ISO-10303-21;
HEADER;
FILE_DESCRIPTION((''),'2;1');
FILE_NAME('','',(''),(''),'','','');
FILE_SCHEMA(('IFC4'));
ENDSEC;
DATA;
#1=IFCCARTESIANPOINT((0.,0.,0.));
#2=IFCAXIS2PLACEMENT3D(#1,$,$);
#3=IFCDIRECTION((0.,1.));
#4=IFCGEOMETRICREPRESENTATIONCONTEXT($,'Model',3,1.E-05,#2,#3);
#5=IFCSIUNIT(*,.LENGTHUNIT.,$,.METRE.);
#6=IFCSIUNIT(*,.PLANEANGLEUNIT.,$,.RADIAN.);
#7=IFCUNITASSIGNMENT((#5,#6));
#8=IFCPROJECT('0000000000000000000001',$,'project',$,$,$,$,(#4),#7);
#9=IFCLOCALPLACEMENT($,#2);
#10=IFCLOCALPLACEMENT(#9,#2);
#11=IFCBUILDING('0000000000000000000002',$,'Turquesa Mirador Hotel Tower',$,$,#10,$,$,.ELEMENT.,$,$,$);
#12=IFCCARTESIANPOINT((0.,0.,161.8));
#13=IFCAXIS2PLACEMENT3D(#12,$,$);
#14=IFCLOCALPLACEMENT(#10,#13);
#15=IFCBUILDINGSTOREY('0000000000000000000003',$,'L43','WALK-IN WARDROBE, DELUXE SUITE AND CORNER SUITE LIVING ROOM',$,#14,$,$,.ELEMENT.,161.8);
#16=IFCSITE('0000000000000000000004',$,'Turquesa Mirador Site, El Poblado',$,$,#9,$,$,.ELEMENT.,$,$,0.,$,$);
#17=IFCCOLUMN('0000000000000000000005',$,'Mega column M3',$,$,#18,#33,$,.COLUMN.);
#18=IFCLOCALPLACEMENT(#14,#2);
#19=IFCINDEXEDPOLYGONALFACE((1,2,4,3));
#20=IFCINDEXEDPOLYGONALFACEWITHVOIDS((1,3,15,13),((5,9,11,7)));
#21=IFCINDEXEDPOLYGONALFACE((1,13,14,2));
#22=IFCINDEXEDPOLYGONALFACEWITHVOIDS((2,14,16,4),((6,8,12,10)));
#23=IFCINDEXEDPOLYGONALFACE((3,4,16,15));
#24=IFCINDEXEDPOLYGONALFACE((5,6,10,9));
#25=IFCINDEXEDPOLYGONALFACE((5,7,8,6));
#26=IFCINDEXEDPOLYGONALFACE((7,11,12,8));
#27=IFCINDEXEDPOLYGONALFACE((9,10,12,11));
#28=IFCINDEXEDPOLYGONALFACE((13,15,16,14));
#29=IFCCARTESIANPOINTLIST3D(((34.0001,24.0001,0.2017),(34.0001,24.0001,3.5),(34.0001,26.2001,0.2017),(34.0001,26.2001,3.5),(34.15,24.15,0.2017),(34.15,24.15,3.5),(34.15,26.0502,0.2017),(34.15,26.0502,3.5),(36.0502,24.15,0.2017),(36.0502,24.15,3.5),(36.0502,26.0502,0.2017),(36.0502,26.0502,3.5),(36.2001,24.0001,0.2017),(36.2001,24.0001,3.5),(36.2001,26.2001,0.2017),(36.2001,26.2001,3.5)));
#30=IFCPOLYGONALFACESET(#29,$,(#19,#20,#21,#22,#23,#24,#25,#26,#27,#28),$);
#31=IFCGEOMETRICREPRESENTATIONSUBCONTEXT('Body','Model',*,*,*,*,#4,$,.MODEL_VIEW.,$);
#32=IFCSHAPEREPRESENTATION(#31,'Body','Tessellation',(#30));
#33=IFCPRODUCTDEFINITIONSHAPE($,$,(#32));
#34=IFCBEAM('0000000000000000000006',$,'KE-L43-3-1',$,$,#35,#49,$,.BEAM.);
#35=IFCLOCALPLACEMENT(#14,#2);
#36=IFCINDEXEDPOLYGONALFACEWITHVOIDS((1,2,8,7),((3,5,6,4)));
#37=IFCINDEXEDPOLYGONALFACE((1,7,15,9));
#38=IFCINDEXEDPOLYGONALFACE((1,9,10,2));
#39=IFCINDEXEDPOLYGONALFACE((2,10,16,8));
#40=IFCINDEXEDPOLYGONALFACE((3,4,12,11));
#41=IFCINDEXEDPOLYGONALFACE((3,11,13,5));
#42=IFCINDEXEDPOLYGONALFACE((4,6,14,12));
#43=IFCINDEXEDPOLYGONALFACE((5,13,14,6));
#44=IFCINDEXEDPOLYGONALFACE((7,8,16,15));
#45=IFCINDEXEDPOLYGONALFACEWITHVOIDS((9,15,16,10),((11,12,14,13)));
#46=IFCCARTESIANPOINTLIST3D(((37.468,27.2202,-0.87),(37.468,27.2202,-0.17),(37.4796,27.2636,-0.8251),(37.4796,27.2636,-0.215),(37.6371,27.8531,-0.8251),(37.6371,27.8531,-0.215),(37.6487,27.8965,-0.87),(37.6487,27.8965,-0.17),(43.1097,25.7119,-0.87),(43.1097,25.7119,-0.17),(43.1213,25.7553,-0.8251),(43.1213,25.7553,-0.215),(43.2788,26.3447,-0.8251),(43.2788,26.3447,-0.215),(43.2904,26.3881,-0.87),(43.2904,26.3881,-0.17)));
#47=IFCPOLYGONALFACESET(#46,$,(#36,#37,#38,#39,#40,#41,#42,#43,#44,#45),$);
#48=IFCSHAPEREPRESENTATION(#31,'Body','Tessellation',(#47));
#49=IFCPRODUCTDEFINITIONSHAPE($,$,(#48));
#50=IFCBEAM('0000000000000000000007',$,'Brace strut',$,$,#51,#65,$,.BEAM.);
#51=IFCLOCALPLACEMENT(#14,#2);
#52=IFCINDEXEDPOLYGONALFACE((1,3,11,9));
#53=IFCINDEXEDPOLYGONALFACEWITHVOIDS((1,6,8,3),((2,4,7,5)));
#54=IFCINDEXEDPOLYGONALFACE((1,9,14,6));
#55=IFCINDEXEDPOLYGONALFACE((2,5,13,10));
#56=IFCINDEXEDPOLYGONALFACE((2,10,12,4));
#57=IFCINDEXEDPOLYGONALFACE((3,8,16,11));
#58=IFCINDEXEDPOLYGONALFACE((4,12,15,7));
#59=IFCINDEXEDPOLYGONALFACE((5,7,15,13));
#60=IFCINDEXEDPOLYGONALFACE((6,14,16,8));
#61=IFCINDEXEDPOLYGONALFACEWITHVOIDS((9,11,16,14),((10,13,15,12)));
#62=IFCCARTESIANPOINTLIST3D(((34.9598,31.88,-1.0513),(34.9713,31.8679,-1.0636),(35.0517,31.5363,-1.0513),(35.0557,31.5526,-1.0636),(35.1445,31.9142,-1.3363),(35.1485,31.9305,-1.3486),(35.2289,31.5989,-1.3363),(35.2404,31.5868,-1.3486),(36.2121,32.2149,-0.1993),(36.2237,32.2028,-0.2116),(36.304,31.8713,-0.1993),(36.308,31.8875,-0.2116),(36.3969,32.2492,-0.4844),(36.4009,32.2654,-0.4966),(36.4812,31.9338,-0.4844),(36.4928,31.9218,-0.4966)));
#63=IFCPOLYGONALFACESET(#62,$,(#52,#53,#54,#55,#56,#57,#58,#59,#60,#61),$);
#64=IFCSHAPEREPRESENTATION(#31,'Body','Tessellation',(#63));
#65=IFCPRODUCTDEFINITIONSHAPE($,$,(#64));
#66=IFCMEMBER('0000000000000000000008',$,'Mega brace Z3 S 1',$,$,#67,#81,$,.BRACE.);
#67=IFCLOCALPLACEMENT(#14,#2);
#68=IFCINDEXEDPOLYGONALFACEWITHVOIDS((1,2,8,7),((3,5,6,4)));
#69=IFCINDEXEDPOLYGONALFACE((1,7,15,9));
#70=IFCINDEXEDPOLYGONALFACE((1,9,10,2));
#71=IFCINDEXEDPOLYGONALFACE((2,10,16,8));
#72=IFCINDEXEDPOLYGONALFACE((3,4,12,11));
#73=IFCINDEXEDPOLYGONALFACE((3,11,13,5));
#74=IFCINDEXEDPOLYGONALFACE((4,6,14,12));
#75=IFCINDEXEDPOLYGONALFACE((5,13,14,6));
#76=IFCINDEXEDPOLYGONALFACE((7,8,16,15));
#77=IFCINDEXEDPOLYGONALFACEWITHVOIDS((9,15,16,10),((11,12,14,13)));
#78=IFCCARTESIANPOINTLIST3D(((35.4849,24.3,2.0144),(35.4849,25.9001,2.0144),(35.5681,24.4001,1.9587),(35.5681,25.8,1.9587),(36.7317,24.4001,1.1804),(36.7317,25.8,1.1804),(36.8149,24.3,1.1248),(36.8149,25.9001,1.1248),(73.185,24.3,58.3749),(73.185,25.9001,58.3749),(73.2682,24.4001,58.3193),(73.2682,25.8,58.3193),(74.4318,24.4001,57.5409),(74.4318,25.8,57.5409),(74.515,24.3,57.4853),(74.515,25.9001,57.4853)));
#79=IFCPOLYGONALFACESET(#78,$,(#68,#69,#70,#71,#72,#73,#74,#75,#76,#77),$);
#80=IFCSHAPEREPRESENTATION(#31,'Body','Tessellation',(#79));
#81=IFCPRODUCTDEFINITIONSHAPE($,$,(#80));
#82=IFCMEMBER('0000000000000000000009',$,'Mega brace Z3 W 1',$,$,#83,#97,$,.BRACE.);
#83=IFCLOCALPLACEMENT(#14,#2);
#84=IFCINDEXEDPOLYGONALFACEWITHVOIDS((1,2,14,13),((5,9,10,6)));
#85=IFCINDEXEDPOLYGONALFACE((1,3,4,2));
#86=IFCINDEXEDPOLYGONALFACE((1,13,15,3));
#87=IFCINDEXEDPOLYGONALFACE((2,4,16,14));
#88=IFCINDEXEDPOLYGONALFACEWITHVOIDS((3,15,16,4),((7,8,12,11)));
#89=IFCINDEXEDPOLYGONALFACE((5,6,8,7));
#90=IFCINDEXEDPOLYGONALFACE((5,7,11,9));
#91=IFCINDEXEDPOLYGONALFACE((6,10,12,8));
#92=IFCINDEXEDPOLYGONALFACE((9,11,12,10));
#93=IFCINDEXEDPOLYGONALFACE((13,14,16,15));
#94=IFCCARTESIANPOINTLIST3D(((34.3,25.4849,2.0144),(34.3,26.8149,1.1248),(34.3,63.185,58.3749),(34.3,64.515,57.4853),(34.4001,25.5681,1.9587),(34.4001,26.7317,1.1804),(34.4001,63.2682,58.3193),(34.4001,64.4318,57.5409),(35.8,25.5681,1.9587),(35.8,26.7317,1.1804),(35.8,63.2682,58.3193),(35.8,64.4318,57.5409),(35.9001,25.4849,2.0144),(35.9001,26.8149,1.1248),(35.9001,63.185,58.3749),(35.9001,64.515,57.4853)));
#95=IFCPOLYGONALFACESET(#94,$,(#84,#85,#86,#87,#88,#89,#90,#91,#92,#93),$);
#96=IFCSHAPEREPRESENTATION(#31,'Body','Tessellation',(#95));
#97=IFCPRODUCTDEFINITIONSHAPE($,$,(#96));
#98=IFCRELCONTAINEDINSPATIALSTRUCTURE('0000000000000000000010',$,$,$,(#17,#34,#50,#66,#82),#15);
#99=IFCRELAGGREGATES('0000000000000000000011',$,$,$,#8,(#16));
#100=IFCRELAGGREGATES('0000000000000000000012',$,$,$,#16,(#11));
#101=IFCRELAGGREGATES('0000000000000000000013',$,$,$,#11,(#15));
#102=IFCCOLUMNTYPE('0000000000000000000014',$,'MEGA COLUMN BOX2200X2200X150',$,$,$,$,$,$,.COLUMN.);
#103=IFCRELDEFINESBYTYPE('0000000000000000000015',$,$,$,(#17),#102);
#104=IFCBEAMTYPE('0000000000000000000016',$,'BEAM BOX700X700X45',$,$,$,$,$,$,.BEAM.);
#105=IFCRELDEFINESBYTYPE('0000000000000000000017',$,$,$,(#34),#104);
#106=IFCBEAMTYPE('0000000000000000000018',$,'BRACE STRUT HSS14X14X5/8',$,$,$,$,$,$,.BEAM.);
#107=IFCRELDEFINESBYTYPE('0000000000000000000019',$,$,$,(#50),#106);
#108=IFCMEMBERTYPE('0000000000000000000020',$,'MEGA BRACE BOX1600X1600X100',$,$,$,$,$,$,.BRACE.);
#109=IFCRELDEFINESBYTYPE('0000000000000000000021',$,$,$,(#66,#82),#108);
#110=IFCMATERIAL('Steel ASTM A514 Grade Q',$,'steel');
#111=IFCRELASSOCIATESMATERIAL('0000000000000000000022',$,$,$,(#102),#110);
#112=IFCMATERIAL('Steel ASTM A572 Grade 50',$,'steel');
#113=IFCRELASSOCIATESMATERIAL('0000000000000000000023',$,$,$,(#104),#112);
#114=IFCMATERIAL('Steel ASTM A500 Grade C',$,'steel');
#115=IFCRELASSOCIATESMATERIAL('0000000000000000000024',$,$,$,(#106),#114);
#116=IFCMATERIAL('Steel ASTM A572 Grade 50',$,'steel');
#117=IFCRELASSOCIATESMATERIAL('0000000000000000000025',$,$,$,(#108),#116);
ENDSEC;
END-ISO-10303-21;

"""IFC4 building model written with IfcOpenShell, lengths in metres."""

from ifc_helpers import new_model, si_unit, direction, frame, origin, origin_2d, place, context, subcontext, project, spatial, hollow_rectangle, extrude, clip, halfspace, material, material_profile, profile_set, type_object, element, save


model = new_model("IFC4")

# Units and contexts
model_context = context("Model", 3, precision=1e-05, world=origin(), true_north=direction((0.0, 1.0)))
body_context = subcontext(model_context, "Body", "Model", "MODEL_VIEW")
ifc_project = project(units=[si_unit("LENGTHUNIT", "METRE"), si_unit("PLANEANGLEUNIT", "RADIAN")], contexts=[model_context])

# Site, building, storey
site_placement = place(None, origin())
site = spatial("IfcSite", under=ifc_project, at=site_placement, Name="Turquesa Mirador Site, El Poblado", CompositionType="ELEMENT", RefElevation=0.0)
building_placement = place(site_placement, origin())
building = spatial("IfcBuilding", under=site, at=building_placement, Name="Turquesa Mirador Hotel Tower", CompositionType="ELEMENT")
storey_placement = place(building_placement, frame((0.0, 0.0, 161.8)))
storey = spatial("IfcBuildingStorey", under=building, at=storey_placement, Name="L43", Description="WALK-IN WARDROBE, DELUXE SUITE AND CORNER SUITE LIVING ROOM", CompositionType="ELEMENT", Elevation=161.8)

# Column
ifc_material_1 = material(Name="Steel ASTM A514 Grade Q", Category="steel")
ifc_material_profile_1 = material_profile(ifc_material_1, hollow_rectangle(XDim=2.2, YDim=2.2, WallThickness=0.1499, at=origin_2d()), Name="BOX2200X2200X150")
ifc_profile_set_1 = profile_set([ifc_material_profile_1], Name="Steel ASTM A514 Grade Q")
column_type = type_object("IfcColumnType", Name="MEGA COLUMN BOX2200X2200X150", PredefinedType="COLUMN", material=ifc_profile_set_1)
column_placement = place(storey_placement, frame((35.1001, 25.1001, 0.0), z_axis=(0.0, 0.0, 1.0), x_axis=(1.0, 0.0, 0.0)))
element("IfcColumn", 1, at=column_placement, inside=storey, type_object=column_type, Name="Mega column M3", PredefinedType="COLUMN", context=body_context, shape_type="Clipping", body=[
    clip(extrude(hollow_rectangle(XDim=2.2, YDim=2.2, WallThickness=0.1499, at=origin_2d()), origin(), (0.0, 0.0, 1.0), 3.5), halfspace(frame((0.0, 0.0, 0.2017), z_axis=(0.0, 0.0, -1.0), x_axis=(1.0, 0.0, 0.0)), False)),
])

# Beams
ifc_material_2 = material(Name="Steel ASTM A572 Grade 50", Category="steel")
ifc_material_profile_2 = material_profile(ifc_material_2, hollow_rectangle(XDim=0.7, YDim=0.7, WallThickness=0.0449, at=origin_2d()), Name="BOX700X700X45")
ifc_profile_set_2 = profile_set([ifc_material_profile_2], Name="Steel ASTM A572 Grade 50")
beam_type_1 = type_object("IfcBeamType", Name="BEAM BOX700X700X45", PredefinedType="BEAM", material=ifc_profile_set_2)
beam_1_placement = place(storey_placement, frame((37.5583, 27.5583, -0.52), z_axis=(0.96607, -0.258282, 0.0), x_axis=(0.258282, 0.96607, 0.0)))
element("IfcBeam", 2, at=beam_1_placement, inside=storey, type_object=beam_type_1, Name="KE-L43-3-1", PredefinedType="BEAM", context=body_context, shape_type="SweptSolid", body=[
    extrude(hollow_rectangle(XDim=0.7, YDim=0.7, WallThickness=0.0449, at=origin_2d()), origin(), (0.0, 0.0, 1.0), 5.8398),
])
ifc_material_3 = material(Name="Steel ASTM A500 Grade C", Category="steel")
ifc_material_profile_3 = material_profile(ifc_material_3, hollow_rectangle(XDim=0.3557, YDim=0.3557, WallThickness=0.0146, at=origin_2d()), Name="HSS14X14X5/8")
ifc_profile_set_3 = profile_set([ifc_material_profile_3], Name="Steel ASTM A500 Grade C")
beam_type_2 = type_object("IfcBeamType", Name="BRACE STRUT HSS14X14X5/8", PredefinedType="BEAM", material=ifc_profile_set_3)
beam_2_placement = place(storey_placement, frame((35.1001, 31.7334, -1.2), z_axis=(0.807305, 0.215911, 0.549219), x_axis=(-0.258366, 0.966047, 0.0)))
element("IfcBeam", 3, at=beam_2_placement, inside=storey, type_object=beam_type_2, Name="Brace strut", PredefinedType="BEAM", context=body_context, shape_type="SweptSolid", body=[
    extrude(hollow_rectangle(XDim=0.3557, YDim=0.3557, WallThickness=0.0146, at=origin_2d()), origin(), (0.0, 0.0, 1.0), 1.5513),
])

# Members
ifc_material_4 = material(Name="Steel ASTM A572 Grade 50", Category="steel")
ifc_material_profile_4 = material_profile(ifc_material_4, hollow_rectangle(XDim=1.6001, YDim=1.6001, WallThickness=0.1001, at=origin_2d()), Name="BOX1600X1600X100")
ifc_profile_set_4 = profile_set([ifc_material_profile_4], Name="Steel ASTM A572 Grade 50")
member_type = type_object("IfcMemberType", Name="MEGA BRACE BOX1600X1600X100", PredefinedType="BRACE", material=ifc_profile_set_4)
for number, where, z_axis, x_axis, name in (
    (4, (36.1499, 25.1001, 1.5696), (0.555991, 0.0, 0.831188), (0.0, 1.0, 0.0), "Mega brace Z3 S 1"),
    (5, (35.1001, 26.1499, 1.5696), (0.0, 0.555991, 0.831188), (-1.0, 0.0, 0.0), "Mega brace Z3 W 1"),
):
    element("IfcMember", number, at=place(storey_placement, frame(where, z_axis=z_axis, x_axis=x_axis)), inside=storey, type_object=member_type, Name=name, PredefinedType="BRACE", context=body_context, shape_type="SweptSolid", body=[
        extrude(hollow_rectangle(XDim=1.6001, YDim=1.6001, WallThickness=0.1001, at=origin_2d()), origin(), (0.0, 0.0, 1.0), 67.8071),
    ])

save(model, "model.ifc")
